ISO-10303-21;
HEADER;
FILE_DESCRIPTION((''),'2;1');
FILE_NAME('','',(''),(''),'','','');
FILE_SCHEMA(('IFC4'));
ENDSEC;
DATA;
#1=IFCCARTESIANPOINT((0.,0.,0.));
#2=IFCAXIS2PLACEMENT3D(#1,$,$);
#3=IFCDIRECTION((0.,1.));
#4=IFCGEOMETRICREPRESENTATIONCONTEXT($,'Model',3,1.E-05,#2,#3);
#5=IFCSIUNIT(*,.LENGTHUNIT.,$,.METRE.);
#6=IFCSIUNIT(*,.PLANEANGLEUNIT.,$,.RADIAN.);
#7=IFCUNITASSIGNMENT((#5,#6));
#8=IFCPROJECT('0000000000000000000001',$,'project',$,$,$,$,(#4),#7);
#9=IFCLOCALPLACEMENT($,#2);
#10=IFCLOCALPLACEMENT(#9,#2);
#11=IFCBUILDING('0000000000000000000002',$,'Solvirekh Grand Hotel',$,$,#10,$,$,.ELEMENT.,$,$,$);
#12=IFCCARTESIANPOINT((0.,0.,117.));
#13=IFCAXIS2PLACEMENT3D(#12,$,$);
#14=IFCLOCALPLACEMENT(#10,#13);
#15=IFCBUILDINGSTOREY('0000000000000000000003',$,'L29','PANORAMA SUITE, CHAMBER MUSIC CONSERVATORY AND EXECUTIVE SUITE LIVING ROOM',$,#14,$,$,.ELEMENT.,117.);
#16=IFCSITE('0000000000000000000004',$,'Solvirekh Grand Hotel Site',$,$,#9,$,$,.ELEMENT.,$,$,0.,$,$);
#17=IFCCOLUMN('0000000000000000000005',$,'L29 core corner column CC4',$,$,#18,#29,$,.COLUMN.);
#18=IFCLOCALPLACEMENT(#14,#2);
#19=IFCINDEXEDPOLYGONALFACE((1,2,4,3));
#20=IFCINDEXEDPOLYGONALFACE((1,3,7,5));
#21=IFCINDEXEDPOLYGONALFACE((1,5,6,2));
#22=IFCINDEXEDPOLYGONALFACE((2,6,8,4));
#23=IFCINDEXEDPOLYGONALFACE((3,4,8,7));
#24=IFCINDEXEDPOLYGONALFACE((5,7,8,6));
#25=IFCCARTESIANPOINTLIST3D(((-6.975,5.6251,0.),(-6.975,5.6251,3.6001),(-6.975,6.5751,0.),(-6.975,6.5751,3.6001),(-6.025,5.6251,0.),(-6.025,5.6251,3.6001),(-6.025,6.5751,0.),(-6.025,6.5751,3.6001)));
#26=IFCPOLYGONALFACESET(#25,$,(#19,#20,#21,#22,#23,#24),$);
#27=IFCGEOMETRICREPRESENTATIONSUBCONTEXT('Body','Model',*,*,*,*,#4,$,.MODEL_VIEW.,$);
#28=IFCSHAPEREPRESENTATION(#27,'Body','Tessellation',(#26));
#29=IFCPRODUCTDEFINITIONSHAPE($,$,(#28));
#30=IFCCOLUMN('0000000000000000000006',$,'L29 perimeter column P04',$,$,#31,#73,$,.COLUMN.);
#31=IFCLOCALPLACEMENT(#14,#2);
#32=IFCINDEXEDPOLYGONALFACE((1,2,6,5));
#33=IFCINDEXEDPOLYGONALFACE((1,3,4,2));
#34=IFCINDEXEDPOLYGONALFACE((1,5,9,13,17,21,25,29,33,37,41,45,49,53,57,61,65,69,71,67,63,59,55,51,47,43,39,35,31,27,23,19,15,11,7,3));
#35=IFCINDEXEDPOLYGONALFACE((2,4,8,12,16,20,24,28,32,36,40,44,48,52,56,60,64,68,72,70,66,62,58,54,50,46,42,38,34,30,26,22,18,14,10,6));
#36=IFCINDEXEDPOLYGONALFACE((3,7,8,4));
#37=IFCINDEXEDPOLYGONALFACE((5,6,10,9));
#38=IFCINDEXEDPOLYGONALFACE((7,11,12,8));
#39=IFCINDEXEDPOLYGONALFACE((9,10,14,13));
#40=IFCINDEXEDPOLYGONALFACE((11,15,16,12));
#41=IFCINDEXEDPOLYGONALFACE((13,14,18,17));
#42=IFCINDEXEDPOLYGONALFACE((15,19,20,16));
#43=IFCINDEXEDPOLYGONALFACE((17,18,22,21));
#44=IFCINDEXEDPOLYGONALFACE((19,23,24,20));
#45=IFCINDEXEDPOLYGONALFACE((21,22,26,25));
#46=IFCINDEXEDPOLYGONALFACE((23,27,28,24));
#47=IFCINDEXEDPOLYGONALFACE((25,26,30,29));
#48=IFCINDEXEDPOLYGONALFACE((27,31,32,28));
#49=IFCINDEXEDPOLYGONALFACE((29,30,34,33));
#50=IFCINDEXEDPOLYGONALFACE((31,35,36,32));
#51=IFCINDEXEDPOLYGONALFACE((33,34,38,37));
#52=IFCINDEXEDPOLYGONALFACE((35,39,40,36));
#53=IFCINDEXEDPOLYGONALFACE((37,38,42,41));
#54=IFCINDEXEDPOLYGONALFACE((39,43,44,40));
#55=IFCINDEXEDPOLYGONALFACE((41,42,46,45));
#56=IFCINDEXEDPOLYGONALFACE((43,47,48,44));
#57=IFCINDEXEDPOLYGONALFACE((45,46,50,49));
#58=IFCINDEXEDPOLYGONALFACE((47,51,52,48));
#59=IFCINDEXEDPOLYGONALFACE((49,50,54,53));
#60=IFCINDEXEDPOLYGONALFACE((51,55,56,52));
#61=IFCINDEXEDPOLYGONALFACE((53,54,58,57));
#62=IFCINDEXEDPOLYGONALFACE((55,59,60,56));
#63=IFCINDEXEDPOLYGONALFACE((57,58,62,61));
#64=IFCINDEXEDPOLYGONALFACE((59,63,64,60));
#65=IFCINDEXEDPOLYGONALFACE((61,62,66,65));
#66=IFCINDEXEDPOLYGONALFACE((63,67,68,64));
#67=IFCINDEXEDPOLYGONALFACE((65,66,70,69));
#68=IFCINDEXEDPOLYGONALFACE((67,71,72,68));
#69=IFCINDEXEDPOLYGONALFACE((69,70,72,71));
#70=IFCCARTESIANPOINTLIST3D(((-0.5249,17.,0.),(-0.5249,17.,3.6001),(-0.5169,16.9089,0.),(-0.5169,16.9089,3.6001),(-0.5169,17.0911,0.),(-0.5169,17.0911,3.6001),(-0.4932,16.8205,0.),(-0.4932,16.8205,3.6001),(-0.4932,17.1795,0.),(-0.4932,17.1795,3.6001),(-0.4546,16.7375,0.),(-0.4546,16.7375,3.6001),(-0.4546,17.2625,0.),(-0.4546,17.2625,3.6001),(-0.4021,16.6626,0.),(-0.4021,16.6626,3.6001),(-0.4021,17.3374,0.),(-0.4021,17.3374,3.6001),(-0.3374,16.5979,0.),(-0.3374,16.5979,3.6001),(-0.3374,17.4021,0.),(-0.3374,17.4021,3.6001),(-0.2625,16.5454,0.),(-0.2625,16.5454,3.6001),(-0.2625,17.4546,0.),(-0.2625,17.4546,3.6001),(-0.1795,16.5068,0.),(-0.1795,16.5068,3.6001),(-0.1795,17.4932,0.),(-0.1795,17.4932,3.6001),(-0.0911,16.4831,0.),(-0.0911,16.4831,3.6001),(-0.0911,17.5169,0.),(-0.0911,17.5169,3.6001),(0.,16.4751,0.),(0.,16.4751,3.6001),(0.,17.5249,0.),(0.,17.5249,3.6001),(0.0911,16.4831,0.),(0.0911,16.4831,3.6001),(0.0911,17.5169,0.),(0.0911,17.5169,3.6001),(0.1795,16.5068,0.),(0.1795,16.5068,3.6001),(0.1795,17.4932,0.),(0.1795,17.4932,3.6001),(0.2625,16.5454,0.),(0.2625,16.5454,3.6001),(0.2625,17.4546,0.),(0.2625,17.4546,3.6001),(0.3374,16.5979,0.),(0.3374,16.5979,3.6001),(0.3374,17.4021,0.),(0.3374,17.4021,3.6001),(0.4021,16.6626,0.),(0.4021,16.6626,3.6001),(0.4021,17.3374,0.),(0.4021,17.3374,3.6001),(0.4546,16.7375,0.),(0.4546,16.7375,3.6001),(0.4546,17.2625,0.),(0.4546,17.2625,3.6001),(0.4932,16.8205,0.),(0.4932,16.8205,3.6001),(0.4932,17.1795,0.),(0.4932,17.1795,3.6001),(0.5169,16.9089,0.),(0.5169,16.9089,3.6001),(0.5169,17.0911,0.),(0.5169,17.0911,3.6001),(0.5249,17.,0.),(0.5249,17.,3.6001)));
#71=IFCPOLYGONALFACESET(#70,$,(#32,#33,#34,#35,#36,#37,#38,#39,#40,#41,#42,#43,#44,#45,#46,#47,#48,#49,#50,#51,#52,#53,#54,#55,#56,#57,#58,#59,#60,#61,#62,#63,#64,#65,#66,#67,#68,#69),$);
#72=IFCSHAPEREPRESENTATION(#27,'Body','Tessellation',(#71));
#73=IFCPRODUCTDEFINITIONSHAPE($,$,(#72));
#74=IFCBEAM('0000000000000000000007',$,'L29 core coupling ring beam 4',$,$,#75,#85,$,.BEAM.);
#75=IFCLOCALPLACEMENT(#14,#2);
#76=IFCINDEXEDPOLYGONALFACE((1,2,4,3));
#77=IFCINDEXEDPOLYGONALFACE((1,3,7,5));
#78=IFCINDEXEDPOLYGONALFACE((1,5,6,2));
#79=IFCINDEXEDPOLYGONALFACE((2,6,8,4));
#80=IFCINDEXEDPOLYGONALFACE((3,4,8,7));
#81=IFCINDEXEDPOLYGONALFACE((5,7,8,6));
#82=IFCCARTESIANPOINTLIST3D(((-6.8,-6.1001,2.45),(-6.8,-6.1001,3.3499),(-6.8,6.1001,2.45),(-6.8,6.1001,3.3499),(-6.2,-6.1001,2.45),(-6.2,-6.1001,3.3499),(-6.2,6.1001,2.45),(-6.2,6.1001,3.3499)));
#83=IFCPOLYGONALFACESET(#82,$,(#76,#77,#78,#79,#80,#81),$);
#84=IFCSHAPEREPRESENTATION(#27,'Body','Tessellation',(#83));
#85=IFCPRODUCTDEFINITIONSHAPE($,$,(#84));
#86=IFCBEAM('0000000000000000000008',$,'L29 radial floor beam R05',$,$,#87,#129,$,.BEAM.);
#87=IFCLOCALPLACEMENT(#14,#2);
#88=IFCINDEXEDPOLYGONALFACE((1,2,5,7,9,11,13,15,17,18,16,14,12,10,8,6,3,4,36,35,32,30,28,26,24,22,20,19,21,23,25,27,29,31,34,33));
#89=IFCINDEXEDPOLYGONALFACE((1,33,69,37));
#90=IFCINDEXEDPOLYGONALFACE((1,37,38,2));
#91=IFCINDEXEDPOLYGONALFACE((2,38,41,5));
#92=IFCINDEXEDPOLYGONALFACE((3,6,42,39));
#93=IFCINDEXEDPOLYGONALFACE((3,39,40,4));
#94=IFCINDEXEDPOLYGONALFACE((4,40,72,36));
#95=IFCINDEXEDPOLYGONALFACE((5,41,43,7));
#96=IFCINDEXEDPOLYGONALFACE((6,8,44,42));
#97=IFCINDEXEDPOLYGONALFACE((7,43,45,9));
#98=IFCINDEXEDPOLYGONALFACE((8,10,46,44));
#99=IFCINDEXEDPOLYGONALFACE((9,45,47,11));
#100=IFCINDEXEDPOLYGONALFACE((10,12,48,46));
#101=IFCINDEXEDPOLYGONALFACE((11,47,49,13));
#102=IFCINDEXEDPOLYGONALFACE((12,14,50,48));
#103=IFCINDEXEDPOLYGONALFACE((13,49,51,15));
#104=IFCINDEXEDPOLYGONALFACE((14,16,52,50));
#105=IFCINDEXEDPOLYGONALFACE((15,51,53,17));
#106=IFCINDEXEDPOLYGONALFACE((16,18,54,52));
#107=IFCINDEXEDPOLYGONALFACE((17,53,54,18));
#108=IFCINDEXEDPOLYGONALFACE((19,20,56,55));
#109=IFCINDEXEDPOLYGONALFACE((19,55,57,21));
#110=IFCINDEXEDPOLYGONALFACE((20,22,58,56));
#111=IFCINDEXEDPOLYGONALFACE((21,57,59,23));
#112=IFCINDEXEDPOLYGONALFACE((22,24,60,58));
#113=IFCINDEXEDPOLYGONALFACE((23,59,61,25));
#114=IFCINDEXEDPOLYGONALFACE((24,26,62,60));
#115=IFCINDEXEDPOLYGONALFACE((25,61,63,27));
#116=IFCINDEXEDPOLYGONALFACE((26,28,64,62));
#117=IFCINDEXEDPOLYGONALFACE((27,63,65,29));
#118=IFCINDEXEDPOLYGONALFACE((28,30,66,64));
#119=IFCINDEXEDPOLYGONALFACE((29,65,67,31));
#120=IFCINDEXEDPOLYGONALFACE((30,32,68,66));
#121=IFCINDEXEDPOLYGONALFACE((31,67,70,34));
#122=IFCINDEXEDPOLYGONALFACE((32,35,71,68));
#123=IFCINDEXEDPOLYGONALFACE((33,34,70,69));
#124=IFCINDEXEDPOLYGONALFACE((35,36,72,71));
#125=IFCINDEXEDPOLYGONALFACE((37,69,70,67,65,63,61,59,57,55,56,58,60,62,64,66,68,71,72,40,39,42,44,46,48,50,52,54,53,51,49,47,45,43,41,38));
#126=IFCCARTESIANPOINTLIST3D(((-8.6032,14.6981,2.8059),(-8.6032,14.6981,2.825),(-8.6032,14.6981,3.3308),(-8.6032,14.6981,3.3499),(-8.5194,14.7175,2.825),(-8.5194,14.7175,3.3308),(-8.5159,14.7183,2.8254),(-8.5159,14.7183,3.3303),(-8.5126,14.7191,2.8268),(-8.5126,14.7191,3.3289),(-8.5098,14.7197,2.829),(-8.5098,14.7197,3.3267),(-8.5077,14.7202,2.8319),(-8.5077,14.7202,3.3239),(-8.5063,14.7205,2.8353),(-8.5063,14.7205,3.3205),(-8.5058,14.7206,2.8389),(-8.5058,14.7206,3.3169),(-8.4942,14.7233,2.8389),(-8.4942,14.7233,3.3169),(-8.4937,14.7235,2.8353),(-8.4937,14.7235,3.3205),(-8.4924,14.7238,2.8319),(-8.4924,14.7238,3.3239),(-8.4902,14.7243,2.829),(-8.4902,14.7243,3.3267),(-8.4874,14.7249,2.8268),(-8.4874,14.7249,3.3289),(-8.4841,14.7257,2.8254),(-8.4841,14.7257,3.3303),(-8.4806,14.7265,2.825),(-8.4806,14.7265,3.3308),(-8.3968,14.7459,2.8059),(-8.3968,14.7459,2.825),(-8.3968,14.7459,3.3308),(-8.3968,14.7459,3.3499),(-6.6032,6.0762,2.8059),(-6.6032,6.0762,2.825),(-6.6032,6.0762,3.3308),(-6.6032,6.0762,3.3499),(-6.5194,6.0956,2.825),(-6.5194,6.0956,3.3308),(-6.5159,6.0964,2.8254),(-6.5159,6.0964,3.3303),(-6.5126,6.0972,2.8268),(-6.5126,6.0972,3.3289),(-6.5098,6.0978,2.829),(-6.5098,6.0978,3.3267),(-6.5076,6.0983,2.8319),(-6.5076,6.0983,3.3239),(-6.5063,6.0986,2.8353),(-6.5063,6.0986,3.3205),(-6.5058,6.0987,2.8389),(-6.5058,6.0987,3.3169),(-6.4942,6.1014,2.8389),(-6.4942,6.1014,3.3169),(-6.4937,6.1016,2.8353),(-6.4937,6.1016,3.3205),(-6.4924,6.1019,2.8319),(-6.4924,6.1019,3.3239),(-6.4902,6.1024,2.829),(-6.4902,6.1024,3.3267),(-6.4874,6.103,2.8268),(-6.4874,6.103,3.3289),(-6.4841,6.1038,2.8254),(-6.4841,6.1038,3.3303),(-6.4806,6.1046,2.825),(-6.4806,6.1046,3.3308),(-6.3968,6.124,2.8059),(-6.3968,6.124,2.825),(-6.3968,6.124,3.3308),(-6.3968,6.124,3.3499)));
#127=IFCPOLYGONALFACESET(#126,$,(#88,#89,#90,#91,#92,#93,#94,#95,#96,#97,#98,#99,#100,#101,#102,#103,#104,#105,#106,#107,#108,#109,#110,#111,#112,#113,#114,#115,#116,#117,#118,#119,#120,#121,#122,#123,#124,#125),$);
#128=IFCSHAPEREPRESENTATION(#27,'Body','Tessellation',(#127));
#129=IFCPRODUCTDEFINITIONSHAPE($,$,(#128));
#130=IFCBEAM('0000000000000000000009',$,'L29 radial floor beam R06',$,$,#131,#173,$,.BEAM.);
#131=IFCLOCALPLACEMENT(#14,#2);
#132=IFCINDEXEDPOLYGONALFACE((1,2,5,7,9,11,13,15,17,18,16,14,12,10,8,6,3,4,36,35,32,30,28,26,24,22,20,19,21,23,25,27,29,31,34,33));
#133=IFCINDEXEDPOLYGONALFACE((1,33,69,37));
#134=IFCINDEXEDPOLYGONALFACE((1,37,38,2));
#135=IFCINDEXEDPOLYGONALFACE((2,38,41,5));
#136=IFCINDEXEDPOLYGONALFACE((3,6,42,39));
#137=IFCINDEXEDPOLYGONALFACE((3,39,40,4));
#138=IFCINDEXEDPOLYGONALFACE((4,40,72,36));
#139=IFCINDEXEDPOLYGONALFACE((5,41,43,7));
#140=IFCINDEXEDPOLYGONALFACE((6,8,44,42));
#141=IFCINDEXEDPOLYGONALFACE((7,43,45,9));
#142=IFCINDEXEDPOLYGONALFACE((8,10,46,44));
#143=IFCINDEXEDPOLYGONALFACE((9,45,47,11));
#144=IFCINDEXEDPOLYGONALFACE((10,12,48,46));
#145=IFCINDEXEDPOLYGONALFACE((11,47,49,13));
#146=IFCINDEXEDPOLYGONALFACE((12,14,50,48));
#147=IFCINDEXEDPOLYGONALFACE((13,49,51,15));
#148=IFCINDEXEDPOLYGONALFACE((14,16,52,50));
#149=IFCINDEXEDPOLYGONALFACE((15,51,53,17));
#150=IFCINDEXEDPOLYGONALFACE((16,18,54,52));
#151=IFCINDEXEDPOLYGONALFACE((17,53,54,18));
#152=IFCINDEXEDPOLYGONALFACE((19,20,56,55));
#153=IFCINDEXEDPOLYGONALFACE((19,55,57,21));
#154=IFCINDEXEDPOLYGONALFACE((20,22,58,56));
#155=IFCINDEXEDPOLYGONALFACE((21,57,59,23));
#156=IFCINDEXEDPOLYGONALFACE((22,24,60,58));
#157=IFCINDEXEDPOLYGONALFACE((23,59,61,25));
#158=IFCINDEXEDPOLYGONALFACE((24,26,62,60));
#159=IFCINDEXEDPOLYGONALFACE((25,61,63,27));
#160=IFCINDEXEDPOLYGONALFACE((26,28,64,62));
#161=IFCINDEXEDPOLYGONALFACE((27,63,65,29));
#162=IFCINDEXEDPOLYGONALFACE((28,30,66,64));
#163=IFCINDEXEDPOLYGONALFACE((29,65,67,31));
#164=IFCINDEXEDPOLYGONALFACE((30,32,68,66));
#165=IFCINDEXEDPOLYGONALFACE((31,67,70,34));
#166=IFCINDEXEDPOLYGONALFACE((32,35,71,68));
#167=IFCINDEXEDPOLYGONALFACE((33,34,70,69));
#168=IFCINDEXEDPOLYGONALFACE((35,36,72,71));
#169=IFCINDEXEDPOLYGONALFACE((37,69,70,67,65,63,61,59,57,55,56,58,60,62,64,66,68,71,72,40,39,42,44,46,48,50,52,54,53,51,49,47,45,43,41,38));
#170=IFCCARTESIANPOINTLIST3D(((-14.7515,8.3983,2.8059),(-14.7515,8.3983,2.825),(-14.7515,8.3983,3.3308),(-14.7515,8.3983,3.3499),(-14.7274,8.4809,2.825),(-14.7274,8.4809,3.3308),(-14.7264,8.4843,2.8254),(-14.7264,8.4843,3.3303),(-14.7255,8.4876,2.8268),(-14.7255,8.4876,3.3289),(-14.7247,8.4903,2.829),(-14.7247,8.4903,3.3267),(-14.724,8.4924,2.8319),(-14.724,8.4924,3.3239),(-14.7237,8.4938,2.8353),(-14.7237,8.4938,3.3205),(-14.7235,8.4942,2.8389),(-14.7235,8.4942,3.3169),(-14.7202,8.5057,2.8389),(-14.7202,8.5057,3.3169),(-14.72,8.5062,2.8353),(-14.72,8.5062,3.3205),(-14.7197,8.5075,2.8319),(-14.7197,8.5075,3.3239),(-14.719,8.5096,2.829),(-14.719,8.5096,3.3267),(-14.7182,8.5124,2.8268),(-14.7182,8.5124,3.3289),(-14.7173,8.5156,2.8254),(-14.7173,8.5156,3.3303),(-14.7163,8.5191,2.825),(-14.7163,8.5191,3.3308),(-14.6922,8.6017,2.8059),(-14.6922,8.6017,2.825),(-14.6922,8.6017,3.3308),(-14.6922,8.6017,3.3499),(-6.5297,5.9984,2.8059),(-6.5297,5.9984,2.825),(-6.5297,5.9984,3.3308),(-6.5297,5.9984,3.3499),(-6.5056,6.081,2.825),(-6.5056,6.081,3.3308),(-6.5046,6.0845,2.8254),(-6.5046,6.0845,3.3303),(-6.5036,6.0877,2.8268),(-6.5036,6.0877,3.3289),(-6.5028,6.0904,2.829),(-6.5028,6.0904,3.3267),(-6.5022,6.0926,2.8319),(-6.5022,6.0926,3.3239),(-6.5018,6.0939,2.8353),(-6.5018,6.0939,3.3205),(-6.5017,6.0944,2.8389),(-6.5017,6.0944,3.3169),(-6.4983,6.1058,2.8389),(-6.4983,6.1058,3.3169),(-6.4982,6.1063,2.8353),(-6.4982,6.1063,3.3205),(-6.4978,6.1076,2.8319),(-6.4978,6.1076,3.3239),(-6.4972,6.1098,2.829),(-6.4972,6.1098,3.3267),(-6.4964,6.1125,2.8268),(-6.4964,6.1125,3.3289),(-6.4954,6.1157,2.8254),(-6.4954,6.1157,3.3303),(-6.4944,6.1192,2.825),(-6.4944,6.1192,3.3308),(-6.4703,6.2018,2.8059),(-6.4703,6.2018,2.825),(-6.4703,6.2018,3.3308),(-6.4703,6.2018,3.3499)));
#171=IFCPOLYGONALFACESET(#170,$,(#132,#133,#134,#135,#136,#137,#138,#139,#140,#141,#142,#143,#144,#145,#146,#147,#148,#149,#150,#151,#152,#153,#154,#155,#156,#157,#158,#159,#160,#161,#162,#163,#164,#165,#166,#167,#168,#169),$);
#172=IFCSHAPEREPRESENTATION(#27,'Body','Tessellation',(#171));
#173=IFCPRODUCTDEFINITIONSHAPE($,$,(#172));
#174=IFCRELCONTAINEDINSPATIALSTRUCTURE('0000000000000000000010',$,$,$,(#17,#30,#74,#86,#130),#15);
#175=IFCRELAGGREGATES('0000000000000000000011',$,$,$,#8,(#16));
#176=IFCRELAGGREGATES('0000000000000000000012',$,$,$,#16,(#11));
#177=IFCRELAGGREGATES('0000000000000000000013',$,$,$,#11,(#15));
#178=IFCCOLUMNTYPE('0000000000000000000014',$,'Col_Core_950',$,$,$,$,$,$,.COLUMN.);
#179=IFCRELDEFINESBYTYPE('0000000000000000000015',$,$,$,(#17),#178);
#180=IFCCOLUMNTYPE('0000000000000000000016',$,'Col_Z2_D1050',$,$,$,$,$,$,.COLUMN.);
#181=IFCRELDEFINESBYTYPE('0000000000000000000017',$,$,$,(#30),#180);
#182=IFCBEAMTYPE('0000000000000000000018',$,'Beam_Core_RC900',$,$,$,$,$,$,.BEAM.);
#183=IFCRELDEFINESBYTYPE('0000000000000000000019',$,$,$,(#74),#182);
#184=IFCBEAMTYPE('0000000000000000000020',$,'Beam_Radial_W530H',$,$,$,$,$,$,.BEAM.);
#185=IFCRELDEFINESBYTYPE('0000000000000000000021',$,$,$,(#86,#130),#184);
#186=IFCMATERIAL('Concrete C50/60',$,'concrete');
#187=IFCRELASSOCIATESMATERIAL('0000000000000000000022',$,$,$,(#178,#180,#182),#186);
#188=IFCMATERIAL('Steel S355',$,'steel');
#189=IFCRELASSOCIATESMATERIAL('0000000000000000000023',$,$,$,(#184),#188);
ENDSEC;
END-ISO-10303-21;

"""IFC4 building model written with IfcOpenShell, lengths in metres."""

from ifc_helpers import new_model, si_unit, direction, frame, origin, origin_2d, place, context, subcontext, project, spatial, rectangle, circle, i_section, extrude, material, material_profile, profile_set, type_object, element, save


model = new_model("IFC4")

# Units and contexts
model_context = context("Model", 3, precision=1e-05, world=origin(), true_north=direction((0.0, 1.0)))
body_context = subcontext(model_context, "Body", "Model", "MODEL_VIEW")
ifc_project = project(units=[si_unit("LENGTHUNIT", "METRE"), si_unit("PLANEANGLEUNIT", "RADIAN")], contexts=[model_context])

# Site, building, storey
site_placement = place(None, origin())
site = spatial("IfcSite", under=ifc_project, at=site_placement, Name="Solvirekh Grand Hotel Site", CompositionType="ELEMENT", RefElevation=0.0)
building_placement = place(site_placement, origin())
building = spatial("IfcBuilding", under=site, at=building_placement, Name="Solvirekh Grand Hotel", CompositionType="ELEMENT")
storey_placement = place(building_placement, frame((0.0, 0.0, 117.0)))
storey = spatial("IfcBuildingStorey", under=building, at=storey_placement, Name="L29", Description="PANORAMA SUITE, CHAMBER MUSIC CONSERVATORY AND EXECUTIVE SUITE LIVING ROOM", CompositionType="ELEMENT", Elevation=117.0)

# Columns
ifc_material_1 = material(Name="Concrete C50/60", Category="concrete")
ifc_material_profile_1 = material_profile(ifc_material_1, rectangle(XDim=0.95, YDim=0.95, at=origin_2d()), Name="RC 950X950")
ifc_profile_set_1 = profile_set([ifc_material_profile_1], Name="Concrete C50/60")
column_type_1 = type_object("IfcColumnType", Name="Col_Core_950", PredefinedType="COLUMN", material=ifc_profile_set_1)
column_1_placement = place(storey_placement, frame((-6.5, 6.1001, 0.0), z_axis=(0.0, 0.0, 1.0), x_axis=(1.0, 0.0, 0.0)))
element("IfcColumn", 1, at=column_1_placement, inside=storey, type_object=column_type_1, Name="L29 core corner column CC4", PredefinedType="COLUMN", context=body_context, shape_type="SweptSolid", body=[
    extrude(rectangle(XDim=0.95, YDim=0.95, at=origin_2d()), origin(), (0.0, 0.0, 1.0), 3.6001),
])
ifc_material_profile_2 = material_profile(ifc_material_1, circle(Radius=0.5249, at=origin_2d()), Name="RC CIRC D1050")
ifc_profile_set_2 = profile_set([ifc_material_profile_2], Name="Concrete C50/60")
column_type_2 = type_object("IfcColumnType", Name="Col_Z2_D1050", PredefinedType="COLUMN", material=ifc_profile_set_2)
column_2_placement = place(storey_placement, frame((0.0, 17.0, 0.0), z_axis=(0.0, 0.0, 1.0), x_axis=(1.0, 0.0, 0.0)))
element("IfcColumn", 2, at=column_2_placement, inside=storey, type_object=column_type_2, Name="L29 perimeter column P04", PredefinedType="COLUMN", context=body_context, shape_type="SweptSolid", body=[
    extrude(circle(Radius=0.5249, at=origin_2d()), origin(), (0.0, 0.0, 1.0), 3.6001),
])

# Beams
ifc_material_profile_3 = material_profile(ifc_material_1, rectangle(XDim=0.6001, YDim=0.8999, at=origin_2d()), Name="RC BEAM 600X900")
ifc_profile_set_3 = profile_set([ifc_material_profile_3], Name="Concrete C50/60")
beam_type_1 = type_object("IfcBeamType", Name="Beam_Core_RC900", PredefinedType="BEAM", material=ifc_profile_set_3)
beam_1_placement = place(storey_placement, frame((-6.5, 6.1001, 2.8999), z_axis=(0.0, -1.0, 0.0), x_axis=(1.0, 0.0, 0.0)))
element("IfcBeam", 3, at=beam_1_placement, inside=storey, type_object=beam_type_1, Name="L29 core coupling ring beam 4", PredefinedType="BEAM", context=body_context, shape_type="SweptSolid", body=[
    extrude(rectangle(XDim=0.6001, YDim=0.8999, at=origin_2d()), origin(), (0.0, 0.0, 1.0), 12.2002),
])
ifc_material_2 = material(Name="Steel S355", Category="steel")
ifc_material_profile_4 = material_profile(ifc_material_2, i_section(OverallWidth=0.2119, OverallDepth=0.5439, WebThickness=0.012, FlangeThickness=0.019, FilletRadius=0.0139, at=origin_2d()), Name="W530X123")
ifc_profile_set_4 = profile_set([ifc_material_profile_4], Name="Steel S355")
beam_type_2 = type_object("IfcBeamType", Name="Beam_Radial_W530H", PredefinedType="BEAM", material=ifc_profile_set_4)
beam_2_placement = place(storey_placement, frame((-6.5, 6.1001, 3.0779), z_axis=(-0.225969, 0.974134, 0.0), x_axis=(-0.974134, -0.225969, 0.0)))
element("IfcBeam", 4, at=beam_2_placement, inside=storey, type_object=beam_type_2, Name="L29 radial floor beam R05", PredefinedType="BEAM", context=body_context, shape_type="SweptSolid", body=[
    extrude(i_section(OverallWidth=0.2119, OverallDepth=0.5439, WebThickness=0.012, FlangeThickness=0.019, FilletRadius=0.0139, at=origin_2d()), origin(), (0.0, 0.0, 1.0), 8.8508),
])
beam_3_placement = place(storey_placement, frame((-6.5, 6.1001, 3.0779), z_axis=(-0.959942, 0.280198, 0.0), x_axis=(-0.280198, -0.959942, 0.0)))
element("IfcBeam", 5, at=beam_3_placement, inside=storey, type_object=beam_type_2, Name="L29 radial floor beam R06", PredefinedType="BEAM", context=body_context, shape_type="SweptSolid", body=[
    extrude(i_section(OverallWidth=0.2119, OverallDepth=0.5439, WebThickness=0.012, FlangeThickness=0.019, FilletRadius=0.0139, at=origin_2d()), origin(), (0.0, 0.0, 1.0), 8.5649),
])

save(model, "model.ifc")
